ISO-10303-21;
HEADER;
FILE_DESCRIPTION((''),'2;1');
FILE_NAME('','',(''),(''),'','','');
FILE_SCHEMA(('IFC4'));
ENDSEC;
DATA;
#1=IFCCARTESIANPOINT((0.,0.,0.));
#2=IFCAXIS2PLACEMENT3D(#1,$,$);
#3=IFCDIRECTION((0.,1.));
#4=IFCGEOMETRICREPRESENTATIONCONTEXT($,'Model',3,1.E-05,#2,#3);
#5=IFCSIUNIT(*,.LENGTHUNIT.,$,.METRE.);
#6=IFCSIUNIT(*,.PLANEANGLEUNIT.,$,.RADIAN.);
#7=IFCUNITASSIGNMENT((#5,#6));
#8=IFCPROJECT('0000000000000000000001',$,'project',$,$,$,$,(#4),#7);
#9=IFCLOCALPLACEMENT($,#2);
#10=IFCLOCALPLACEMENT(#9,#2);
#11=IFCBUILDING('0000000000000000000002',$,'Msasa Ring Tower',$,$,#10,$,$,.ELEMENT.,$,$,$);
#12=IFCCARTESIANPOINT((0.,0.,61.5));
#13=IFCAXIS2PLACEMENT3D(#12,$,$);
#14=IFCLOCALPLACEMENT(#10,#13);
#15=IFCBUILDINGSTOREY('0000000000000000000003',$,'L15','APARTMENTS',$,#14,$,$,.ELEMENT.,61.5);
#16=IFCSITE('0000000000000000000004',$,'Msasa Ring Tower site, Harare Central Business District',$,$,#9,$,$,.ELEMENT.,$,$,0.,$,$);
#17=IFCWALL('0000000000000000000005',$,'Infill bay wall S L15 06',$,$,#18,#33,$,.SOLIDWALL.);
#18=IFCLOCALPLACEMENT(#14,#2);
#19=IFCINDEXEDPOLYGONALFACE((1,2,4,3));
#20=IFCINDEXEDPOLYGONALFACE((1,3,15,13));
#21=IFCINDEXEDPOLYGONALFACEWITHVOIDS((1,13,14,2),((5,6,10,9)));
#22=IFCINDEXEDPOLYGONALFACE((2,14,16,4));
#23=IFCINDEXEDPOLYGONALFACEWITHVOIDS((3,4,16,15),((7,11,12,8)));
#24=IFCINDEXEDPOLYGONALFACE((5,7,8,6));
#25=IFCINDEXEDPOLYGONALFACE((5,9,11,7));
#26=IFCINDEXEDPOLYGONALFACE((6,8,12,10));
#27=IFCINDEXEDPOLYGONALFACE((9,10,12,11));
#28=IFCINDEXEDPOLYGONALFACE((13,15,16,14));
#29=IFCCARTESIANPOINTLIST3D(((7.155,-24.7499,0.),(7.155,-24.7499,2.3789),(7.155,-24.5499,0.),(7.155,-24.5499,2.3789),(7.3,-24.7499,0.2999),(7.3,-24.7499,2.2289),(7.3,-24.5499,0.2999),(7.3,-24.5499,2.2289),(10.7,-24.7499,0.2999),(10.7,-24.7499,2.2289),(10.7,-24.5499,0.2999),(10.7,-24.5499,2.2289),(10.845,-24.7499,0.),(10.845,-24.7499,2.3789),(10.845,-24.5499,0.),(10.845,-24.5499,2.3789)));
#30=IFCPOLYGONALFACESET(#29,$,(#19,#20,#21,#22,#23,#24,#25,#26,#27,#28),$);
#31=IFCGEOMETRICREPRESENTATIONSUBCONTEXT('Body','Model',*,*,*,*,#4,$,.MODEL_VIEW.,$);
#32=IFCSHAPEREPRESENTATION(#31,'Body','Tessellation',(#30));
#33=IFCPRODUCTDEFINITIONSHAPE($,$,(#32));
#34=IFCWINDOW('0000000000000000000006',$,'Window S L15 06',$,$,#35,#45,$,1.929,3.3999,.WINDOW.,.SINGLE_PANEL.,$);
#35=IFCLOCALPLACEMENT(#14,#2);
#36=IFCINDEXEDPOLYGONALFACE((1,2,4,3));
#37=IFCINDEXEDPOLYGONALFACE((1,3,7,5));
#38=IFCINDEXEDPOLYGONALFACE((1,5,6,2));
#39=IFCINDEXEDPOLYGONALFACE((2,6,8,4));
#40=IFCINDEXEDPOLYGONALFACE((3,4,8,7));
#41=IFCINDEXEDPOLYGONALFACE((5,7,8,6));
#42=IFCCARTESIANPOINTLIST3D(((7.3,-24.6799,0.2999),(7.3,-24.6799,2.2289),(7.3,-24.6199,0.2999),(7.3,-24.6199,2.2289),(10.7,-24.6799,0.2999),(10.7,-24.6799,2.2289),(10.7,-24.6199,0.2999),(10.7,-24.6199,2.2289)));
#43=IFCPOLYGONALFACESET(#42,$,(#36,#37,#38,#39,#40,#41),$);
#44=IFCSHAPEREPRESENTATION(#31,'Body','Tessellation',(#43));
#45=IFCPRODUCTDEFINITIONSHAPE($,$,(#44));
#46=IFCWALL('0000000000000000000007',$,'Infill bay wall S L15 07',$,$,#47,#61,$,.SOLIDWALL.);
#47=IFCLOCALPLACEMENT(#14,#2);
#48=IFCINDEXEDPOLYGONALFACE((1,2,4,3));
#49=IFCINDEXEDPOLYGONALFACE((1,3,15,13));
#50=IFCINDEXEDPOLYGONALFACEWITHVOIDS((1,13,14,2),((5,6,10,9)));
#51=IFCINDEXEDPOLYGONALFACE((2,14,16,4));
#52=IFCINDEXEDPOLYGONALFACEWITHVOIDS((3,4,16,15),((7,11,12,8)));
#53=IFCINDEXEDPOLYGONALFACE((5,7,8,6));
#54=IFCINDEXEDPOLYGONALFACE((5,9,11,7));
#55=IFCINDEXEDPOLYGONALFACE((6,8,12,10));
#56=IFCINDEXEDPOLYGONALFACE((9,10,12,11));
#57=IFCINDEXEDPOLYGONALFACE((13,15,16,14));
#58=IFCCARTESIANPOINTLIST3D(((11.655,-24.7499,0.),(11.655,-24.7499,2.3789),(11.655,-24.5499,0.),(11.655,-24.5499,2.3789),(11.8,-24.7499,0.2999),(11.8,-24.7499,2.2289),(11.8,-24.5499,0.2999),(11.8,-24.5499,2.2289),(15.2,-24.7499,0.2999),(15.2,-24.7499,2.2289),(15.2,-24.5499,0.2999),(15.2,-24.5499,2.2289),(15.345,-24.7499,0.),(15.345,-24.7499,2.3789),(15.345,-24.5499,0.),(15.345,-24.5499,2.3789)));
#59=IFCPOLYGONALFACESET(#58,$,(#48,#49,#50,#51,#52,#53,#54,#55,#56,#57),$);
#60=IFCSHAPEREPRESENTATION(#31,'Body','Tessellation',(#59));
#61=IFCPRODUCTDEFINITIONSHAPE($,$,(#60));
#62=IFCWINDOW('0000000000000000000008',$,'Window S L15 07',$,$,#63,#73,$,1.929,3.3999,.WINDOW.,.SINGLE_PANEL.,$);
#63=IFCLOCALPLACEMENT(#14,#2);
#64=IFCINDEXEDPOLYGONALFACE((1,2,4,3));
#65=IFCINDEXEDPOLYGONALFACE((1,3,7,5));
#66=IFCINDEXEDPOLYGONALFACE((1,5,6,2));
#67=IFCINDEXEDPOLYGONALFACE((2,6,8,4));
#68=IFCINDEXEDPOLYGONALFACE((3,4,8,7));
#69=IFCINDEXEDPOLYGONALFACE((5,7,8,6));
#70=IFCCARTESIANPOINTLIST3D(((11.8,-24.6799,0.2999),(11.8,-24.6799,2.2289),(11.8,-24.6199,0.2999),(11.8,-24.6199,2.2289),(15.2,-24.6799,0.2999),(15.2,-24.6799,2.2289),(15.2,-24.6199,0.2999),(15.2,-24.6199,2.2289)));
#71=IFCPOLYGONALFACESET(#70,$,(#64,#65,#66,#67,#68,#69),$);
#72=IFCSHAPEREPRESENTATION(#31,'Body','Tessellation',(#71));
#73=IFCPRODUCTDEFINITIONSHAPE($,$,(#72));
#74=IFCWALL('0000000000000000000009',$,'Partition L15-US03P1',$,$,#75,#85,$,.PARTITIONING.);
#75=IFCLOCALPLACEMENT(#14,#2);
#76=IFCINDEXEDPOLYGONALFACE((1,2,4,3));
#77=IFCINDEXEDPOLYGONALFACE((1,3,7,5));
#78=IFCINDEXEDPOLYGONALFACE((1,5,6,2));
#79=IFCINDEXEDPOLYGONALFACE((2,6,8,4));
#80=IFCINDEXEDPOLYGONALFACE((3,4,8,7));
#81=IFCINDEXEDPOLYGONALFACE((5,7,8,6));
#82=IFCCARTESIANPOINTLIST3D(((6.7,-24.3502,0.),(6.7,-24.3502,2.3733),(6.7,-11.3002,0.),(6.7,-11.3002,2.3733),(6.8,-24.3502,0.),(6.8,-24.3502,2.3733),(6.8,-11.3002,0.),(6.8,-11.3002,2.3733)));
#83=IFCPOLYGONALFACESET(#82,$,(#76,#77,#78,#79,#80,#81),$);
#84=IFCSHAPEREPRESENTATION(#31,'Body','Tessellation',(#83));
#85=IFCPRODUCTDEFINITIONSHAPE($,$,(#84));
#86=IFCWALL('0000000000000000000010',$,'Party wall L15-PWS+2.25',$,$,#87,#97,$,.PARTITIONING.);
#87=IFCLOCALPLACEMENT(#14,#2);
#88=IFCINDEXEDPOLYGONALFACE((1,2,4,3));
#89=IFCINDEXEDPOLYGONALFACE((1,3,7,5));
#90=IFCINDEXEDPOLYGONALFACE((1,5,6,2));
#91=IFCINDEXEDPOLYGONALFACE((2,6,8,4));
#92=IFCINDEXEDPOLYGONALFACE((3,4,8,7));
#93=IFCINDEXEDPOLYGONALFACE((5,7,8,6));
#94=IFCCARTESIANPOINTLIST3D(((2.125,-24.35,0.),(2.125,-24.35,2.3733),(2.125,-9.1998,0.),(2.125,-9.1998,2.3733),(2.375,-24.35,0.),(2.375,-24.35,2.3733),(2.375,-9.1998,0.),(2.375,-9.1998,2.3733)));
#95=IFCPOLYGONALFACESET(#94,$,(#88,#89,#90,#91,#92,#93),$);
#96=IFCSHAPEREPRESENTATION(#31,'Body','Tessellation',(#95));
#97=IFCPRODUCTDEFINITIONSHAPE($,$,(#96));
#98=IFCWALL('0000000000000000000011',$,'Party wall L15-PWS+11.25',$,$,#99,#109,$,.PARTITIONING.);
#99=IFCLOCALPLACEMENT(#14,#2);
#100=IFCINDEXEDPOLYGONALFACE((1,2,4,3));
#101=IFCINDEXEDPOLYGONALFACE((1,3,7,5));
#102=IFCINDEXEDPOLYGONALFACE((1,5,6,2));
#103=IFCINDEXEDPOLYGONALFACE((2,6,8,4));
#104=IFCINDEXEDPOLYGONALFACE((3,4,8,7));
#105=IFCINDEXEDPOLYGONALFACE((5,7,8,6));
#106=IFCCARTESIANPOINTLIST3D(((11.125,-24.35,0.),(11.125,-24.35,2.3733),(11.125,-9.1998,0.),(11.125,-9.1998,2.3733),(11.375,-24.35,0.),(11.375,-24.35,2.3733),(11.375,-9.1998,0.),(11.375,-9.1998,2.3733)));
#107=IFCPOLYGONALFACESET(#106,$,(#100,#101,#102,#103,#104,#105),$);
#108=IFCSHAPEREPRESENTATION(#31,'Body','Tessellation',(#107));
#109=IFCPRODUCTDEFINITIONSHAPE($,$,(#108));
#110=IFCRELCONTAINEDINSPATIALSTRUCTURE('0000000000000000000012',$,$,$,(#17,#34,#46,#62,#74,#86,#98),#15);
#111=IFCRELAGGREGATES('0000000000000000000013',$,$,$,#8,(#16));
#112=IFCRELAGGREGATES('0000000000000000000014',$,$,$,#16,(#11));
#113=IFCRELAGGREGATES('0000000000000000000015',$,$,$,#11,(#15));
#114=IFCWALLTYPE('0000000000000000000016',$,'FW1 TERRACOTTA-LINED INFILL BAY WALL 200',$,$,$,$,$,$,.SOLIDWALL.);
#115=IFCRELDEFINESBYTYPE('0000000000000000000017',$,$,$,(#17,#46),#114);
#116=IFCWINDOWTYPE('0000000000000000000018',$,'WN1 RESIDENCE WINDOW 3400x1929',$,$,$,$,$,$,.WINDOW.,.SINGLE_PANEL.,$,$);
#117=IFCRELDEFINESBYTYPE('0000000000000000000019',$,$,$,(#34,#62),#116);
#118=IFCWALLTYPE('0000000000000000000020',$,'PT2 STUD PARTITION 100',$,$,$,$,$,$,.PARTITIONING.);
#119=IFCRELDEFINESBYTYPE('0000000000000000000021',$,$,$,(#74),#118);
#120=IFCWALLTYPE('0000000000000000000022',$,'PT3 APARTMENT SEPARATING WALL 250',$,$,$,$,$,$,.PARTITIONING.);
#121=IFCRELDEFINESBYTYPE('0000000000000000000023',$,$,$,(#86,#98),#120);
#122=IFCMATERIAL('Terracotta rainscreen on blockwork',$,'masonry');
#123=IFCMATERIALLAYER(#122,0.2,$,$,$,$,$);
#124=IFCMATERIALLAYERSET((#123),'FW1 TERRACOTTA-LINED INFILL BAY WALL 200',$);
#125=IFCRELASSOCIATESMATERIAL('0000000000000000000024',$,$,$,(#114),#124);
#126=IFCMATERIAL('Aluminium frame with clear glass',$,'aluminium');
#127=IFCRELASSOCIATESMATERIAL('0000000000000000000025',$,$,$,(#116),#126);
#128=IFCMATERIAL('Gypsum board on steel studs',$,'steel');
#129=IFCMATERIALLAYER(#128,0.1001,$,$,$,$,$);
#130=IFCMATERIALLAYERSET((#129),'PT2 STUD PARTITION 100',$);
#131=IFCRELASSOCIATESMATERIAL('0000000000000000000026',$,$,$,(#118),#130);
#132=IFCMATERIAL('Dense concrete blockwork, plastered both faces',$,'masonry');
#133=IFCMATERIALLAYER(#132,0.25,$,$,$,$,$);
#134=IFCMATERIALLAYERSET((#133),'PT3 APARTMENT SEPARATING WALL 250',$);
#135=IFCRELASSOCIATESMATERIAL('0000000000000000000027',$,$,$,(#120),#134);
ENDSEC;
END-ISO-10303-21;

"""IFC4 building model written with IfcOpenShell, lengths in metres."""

from ifc_helpers import new_model, si_unit, direction, frame, frame_2d, origin, place, context, subcontext, project, spatial, rectangle, extrude, material, layer, layer_set, type_object, element, fill, save


model = new_model("IFC4")

# Units and contexts
model_context = context("Model", 3, precision=1e-05, world=origin(), true_north=direction((0.0, 1.0)))
body_context = subcontext(model_context, "Body", "Model", "MODEL_VIEW")
ifc_project = project(units=[si_unit("LENGTHUNIT", "METRE"), si_unit("PLANEANGLEUNIT", "RADIAN")], contexts=[model_context])

# Site, building, storey
site_placement = place(None, origin())
site = spatial("IfcSite", under=ifc_project, at=site_placement, Name="Msasa Ring Tower site, Harare Central Business District", CompositionType="ELEMENT", RefElevation=0.0)
building_placement = place(site_placement, origin())
building = spatial("IfcBuilding", under=site, at=building_placement, Name="Msasa Ring Tower", CompositionType="ELEMENT")
storey_placement = place(building_placement, frame((0.0, 0.0, 61.5)))
storey = spatial("IfcBuildingStorey", under=building, at=storey_placement, Name="L15", Description="APARTMENTS", CompositionType="ELEMENT", Elevation=61.5)

# Walls, openings, windows
ifc_material_1 = material(Name="Terracotta rainscreen on blockwork", Category="masonry")
ifc_layer_1 = layer(ifc_material_1, 0.2)
ifc_layer_set_1 = layer_set([ifc_layer_1], Name="FW1 TERRACOTTA-LINED INFILL BAY WALL 200")
wall_type_1 = type_object("IfcWallType", Name="FW1 TERRACOTTA-LINED INFILL BAY WALL 200", PredefinedType="SOLIDWALL", material=ifc_layer_set_1)
ifc_material_2 = material(Name="Aluminium frame with clear glass", Category="aluminium")
window_type = type_object("IfcWindowType", Name="WN1 RESIDENCE WINDOW 3400x1929", PartitioningType="SINGLE_PANEL", PredefinedType="WINDOW", material=ifc_material_2)
wall_1_placement = place(storey_placement, frame((7.155, -24.6499, 0.0), z_axis=(0.0, 0.0, 1.0), x_axis=(1.0, 0.0, 0.0)))
wall_1 = element("IfcWall", 1, at=wall_1_placement, inside=storey, type_object=wall_type_1, Name="Infill bay wall S L15 06", PredefinedType="SOLIDWALL", context=body_context, shape_type="SweptSolid", body=[
    extrude(rectangle(XDim=3.6899, YDim=0.2, at=frame_2d((1.845, 0.0))), origin(), (0.0, 0.0, 1.0), 2.3789),
])
opening_1_placement = place(wall_1_placement, frame((0.145, 0.0, 0.3)))
opening_1 = element("IfcOpeningElement", 2, at=opening_1_placement, cuts=wall_1, PredefinedType="OPENING", context=body_context, shape_type="SweptSolid", body=[
    extrude(rectangle(XDim=3.3999, YDim=1.929, at=frame_2d((1.7, 0.9644))), frame((0.0, 0.1099, 0.0), z_axis=(0.0, -1.0, 0.0), x_axis=(1.0, 0.0, 0.0)), (0.0, 0.0, 1.0), 0.22),
])
window_1_placement = place(opening_1_placement, origin())
window_1 = element("IfcWindow", 3, at=window_1_placement, inside=storey, type_object=window_type, Name="Window S L15 06", OverallHeight=1.929, OverallWidth=3.3999, PartitioningType="SINGLE_PANEL", PredefinedType="WINDOW", context=body_context, shape_type="SweptSolid", body=[
    extrude(rectangle(XDim=3.3999, YDim=1.929, at=frame_2d((1.7, 0.9644))), frame((0.0, 0.03, 0.0), z_axis=(0.0, -1.0, 0.0), x_axis=(1.0, 0.0, 0.0)), (0.0, 0.0, 1.0), 0.0601),
])
fill(opening_1, window_1)
wall_2_placement = place(storey_placement, frame((11.655, -24.6499, 0.0), z_axis=(0.0, 0.0, 1.0), x_axis=(1.0, 0.0, 0.0)))
wall_2 = element("IfcWall", 4, at=wall_2_placement, inside=storey, type_object=wall_type_1, Name="Infill bay wall S L15 07", PredefinedType="SOLIDWALL", context=body_context, shape_type="SweptSolid", body=[
    extrude(rectangle(XDim=3.6899, YDim=0.2, at=frame_2d((1.845, 0.0))), origin(), (0.0, 0.0, 1.0), 2.3789),
])
opening_2_placement = place(wall_2_placement, frame((0.145, 0.0, 0.3)))
opening_2 = element("IfcOpeningElement", 5, at=opening_2_placement, cuts=wall_2, PredefinedType="OPENING", context=body_context, shape_type="SweptSolid", body=[
    extrude(rectangle(XDim=3.3999, YDim=1.929, at=frame_2d((1.7, 0.9644))), frame((0.0, 0.1099, 0.0), z_axis=(0.0, -1.0, 0.0), x_axis=(1.0, 0.0, 0.0)), (0.0, 0.0, 1.0), 0.22),
])
window_2_placement = place(opening_2_placement, origin())
window_2 = element("IfcWindow", 6, at=window_2_placement, inside=storey, type_object=window_type, Name="Window S L15 07", OverallHeight=1.929, OverallWidth=3.3999, PartitioningType="SINGLE_PANEL", PredefinedType="WINDOW", context=body_context, shape_type="SweptSolid", body=[
    extrude(rectangle(XDim=3.3999, YDim=1.929, at=frame_2d((1.7, 0.9644))), frame((0.0, 0.03, 0.0), z_axis=(0.0, -1.0, 0.0), x_axis=(1.0, 0.0, 0.0)), (0.0, 0.0, 1.0), 0.0601),
])
fill(opening_2, window_2)

# Walls
ifc_material_3 = material(Name="Gypsum board on steel studs", Category="steel")
ifc_layer_2 = layer(ifc_material_3, 0.1001)
ifc_layer_set_2 = layer_set([ifc_layer_2], Name="PT2 STUD PARTITION 100")
wall_type_2 = type_object("IfcWallType", Name="PT2 STUD PARTITION 100", PredefinedType="PARTITIONING", material=ifc_layer_set_2)
wall_3_placement = place(storey_placement, frame((6.75, -24.3501, 0.0), z_axis=(0.0, 0.0, 1.0), x_axis=(0.0, 1.0, 0.0)))
element("IfcWall", 7, at=wall_3_placement, inside=storey, type_object=wall_type_2, Name="Partition L15-US03P1", PredefinedType="PARTITIONING", context=body_context, shape_type="SweptSolid", body=[
    extrude(rectangle(XDim=13.05, YDim=0.1001, at=frame_2d((6.5249, 0.0))), origin(), (0.0, 0.0, 1.0), 2.3733),
])
ifc_material_4 = material(Name="Dense concrete blockwork, plastered both faces", Category="masonry")
ifc_layer_3 = layer(ifc_material_4, 0.25)
ifc_layer_set_3 = layer_set([ifc_layer_3], Name="PT3 APARTMENT SEPARATING WALL 250")
wall_type_3 = type_object("IfcWallType", Name="PT3 APARTMENT SEPARATING WALL 250", PredefinedType="PARTITIONING", material=ifc_layer_set_3)
for number, where, z_axis, x_axis, name in (
    (8, (2.25, -24.3501, 0.0), (0.0, 0.0, 1.0), (0.0, 1.0, 0.0), "Party wall L15-PWS+2.25"),
    (9, (11.25, -24.3501, 0.0), (0.0, 0.0, 1.0), (0.0, 1.0, 0.0), "Party wall L15-PWS+11.25"),
):
    element("IfcWall", number, at=place(storey_placement, frame(where, z_axis=z_axis, x_axis=x_axis)), inside=storey, type_object=wall_type_3, Name=name, PredefinedType="PARTITIONING", context=body_context, shape_type="SweptSolid", body=[
        extrude(rectangle(XDim=15.1501, YDim=0.25, at=frame_2d((7.5752, 0.0))), origin(), (0.0, 0.0, 1.0), 2.3733),
    ])

save(model, "model.ifc")
